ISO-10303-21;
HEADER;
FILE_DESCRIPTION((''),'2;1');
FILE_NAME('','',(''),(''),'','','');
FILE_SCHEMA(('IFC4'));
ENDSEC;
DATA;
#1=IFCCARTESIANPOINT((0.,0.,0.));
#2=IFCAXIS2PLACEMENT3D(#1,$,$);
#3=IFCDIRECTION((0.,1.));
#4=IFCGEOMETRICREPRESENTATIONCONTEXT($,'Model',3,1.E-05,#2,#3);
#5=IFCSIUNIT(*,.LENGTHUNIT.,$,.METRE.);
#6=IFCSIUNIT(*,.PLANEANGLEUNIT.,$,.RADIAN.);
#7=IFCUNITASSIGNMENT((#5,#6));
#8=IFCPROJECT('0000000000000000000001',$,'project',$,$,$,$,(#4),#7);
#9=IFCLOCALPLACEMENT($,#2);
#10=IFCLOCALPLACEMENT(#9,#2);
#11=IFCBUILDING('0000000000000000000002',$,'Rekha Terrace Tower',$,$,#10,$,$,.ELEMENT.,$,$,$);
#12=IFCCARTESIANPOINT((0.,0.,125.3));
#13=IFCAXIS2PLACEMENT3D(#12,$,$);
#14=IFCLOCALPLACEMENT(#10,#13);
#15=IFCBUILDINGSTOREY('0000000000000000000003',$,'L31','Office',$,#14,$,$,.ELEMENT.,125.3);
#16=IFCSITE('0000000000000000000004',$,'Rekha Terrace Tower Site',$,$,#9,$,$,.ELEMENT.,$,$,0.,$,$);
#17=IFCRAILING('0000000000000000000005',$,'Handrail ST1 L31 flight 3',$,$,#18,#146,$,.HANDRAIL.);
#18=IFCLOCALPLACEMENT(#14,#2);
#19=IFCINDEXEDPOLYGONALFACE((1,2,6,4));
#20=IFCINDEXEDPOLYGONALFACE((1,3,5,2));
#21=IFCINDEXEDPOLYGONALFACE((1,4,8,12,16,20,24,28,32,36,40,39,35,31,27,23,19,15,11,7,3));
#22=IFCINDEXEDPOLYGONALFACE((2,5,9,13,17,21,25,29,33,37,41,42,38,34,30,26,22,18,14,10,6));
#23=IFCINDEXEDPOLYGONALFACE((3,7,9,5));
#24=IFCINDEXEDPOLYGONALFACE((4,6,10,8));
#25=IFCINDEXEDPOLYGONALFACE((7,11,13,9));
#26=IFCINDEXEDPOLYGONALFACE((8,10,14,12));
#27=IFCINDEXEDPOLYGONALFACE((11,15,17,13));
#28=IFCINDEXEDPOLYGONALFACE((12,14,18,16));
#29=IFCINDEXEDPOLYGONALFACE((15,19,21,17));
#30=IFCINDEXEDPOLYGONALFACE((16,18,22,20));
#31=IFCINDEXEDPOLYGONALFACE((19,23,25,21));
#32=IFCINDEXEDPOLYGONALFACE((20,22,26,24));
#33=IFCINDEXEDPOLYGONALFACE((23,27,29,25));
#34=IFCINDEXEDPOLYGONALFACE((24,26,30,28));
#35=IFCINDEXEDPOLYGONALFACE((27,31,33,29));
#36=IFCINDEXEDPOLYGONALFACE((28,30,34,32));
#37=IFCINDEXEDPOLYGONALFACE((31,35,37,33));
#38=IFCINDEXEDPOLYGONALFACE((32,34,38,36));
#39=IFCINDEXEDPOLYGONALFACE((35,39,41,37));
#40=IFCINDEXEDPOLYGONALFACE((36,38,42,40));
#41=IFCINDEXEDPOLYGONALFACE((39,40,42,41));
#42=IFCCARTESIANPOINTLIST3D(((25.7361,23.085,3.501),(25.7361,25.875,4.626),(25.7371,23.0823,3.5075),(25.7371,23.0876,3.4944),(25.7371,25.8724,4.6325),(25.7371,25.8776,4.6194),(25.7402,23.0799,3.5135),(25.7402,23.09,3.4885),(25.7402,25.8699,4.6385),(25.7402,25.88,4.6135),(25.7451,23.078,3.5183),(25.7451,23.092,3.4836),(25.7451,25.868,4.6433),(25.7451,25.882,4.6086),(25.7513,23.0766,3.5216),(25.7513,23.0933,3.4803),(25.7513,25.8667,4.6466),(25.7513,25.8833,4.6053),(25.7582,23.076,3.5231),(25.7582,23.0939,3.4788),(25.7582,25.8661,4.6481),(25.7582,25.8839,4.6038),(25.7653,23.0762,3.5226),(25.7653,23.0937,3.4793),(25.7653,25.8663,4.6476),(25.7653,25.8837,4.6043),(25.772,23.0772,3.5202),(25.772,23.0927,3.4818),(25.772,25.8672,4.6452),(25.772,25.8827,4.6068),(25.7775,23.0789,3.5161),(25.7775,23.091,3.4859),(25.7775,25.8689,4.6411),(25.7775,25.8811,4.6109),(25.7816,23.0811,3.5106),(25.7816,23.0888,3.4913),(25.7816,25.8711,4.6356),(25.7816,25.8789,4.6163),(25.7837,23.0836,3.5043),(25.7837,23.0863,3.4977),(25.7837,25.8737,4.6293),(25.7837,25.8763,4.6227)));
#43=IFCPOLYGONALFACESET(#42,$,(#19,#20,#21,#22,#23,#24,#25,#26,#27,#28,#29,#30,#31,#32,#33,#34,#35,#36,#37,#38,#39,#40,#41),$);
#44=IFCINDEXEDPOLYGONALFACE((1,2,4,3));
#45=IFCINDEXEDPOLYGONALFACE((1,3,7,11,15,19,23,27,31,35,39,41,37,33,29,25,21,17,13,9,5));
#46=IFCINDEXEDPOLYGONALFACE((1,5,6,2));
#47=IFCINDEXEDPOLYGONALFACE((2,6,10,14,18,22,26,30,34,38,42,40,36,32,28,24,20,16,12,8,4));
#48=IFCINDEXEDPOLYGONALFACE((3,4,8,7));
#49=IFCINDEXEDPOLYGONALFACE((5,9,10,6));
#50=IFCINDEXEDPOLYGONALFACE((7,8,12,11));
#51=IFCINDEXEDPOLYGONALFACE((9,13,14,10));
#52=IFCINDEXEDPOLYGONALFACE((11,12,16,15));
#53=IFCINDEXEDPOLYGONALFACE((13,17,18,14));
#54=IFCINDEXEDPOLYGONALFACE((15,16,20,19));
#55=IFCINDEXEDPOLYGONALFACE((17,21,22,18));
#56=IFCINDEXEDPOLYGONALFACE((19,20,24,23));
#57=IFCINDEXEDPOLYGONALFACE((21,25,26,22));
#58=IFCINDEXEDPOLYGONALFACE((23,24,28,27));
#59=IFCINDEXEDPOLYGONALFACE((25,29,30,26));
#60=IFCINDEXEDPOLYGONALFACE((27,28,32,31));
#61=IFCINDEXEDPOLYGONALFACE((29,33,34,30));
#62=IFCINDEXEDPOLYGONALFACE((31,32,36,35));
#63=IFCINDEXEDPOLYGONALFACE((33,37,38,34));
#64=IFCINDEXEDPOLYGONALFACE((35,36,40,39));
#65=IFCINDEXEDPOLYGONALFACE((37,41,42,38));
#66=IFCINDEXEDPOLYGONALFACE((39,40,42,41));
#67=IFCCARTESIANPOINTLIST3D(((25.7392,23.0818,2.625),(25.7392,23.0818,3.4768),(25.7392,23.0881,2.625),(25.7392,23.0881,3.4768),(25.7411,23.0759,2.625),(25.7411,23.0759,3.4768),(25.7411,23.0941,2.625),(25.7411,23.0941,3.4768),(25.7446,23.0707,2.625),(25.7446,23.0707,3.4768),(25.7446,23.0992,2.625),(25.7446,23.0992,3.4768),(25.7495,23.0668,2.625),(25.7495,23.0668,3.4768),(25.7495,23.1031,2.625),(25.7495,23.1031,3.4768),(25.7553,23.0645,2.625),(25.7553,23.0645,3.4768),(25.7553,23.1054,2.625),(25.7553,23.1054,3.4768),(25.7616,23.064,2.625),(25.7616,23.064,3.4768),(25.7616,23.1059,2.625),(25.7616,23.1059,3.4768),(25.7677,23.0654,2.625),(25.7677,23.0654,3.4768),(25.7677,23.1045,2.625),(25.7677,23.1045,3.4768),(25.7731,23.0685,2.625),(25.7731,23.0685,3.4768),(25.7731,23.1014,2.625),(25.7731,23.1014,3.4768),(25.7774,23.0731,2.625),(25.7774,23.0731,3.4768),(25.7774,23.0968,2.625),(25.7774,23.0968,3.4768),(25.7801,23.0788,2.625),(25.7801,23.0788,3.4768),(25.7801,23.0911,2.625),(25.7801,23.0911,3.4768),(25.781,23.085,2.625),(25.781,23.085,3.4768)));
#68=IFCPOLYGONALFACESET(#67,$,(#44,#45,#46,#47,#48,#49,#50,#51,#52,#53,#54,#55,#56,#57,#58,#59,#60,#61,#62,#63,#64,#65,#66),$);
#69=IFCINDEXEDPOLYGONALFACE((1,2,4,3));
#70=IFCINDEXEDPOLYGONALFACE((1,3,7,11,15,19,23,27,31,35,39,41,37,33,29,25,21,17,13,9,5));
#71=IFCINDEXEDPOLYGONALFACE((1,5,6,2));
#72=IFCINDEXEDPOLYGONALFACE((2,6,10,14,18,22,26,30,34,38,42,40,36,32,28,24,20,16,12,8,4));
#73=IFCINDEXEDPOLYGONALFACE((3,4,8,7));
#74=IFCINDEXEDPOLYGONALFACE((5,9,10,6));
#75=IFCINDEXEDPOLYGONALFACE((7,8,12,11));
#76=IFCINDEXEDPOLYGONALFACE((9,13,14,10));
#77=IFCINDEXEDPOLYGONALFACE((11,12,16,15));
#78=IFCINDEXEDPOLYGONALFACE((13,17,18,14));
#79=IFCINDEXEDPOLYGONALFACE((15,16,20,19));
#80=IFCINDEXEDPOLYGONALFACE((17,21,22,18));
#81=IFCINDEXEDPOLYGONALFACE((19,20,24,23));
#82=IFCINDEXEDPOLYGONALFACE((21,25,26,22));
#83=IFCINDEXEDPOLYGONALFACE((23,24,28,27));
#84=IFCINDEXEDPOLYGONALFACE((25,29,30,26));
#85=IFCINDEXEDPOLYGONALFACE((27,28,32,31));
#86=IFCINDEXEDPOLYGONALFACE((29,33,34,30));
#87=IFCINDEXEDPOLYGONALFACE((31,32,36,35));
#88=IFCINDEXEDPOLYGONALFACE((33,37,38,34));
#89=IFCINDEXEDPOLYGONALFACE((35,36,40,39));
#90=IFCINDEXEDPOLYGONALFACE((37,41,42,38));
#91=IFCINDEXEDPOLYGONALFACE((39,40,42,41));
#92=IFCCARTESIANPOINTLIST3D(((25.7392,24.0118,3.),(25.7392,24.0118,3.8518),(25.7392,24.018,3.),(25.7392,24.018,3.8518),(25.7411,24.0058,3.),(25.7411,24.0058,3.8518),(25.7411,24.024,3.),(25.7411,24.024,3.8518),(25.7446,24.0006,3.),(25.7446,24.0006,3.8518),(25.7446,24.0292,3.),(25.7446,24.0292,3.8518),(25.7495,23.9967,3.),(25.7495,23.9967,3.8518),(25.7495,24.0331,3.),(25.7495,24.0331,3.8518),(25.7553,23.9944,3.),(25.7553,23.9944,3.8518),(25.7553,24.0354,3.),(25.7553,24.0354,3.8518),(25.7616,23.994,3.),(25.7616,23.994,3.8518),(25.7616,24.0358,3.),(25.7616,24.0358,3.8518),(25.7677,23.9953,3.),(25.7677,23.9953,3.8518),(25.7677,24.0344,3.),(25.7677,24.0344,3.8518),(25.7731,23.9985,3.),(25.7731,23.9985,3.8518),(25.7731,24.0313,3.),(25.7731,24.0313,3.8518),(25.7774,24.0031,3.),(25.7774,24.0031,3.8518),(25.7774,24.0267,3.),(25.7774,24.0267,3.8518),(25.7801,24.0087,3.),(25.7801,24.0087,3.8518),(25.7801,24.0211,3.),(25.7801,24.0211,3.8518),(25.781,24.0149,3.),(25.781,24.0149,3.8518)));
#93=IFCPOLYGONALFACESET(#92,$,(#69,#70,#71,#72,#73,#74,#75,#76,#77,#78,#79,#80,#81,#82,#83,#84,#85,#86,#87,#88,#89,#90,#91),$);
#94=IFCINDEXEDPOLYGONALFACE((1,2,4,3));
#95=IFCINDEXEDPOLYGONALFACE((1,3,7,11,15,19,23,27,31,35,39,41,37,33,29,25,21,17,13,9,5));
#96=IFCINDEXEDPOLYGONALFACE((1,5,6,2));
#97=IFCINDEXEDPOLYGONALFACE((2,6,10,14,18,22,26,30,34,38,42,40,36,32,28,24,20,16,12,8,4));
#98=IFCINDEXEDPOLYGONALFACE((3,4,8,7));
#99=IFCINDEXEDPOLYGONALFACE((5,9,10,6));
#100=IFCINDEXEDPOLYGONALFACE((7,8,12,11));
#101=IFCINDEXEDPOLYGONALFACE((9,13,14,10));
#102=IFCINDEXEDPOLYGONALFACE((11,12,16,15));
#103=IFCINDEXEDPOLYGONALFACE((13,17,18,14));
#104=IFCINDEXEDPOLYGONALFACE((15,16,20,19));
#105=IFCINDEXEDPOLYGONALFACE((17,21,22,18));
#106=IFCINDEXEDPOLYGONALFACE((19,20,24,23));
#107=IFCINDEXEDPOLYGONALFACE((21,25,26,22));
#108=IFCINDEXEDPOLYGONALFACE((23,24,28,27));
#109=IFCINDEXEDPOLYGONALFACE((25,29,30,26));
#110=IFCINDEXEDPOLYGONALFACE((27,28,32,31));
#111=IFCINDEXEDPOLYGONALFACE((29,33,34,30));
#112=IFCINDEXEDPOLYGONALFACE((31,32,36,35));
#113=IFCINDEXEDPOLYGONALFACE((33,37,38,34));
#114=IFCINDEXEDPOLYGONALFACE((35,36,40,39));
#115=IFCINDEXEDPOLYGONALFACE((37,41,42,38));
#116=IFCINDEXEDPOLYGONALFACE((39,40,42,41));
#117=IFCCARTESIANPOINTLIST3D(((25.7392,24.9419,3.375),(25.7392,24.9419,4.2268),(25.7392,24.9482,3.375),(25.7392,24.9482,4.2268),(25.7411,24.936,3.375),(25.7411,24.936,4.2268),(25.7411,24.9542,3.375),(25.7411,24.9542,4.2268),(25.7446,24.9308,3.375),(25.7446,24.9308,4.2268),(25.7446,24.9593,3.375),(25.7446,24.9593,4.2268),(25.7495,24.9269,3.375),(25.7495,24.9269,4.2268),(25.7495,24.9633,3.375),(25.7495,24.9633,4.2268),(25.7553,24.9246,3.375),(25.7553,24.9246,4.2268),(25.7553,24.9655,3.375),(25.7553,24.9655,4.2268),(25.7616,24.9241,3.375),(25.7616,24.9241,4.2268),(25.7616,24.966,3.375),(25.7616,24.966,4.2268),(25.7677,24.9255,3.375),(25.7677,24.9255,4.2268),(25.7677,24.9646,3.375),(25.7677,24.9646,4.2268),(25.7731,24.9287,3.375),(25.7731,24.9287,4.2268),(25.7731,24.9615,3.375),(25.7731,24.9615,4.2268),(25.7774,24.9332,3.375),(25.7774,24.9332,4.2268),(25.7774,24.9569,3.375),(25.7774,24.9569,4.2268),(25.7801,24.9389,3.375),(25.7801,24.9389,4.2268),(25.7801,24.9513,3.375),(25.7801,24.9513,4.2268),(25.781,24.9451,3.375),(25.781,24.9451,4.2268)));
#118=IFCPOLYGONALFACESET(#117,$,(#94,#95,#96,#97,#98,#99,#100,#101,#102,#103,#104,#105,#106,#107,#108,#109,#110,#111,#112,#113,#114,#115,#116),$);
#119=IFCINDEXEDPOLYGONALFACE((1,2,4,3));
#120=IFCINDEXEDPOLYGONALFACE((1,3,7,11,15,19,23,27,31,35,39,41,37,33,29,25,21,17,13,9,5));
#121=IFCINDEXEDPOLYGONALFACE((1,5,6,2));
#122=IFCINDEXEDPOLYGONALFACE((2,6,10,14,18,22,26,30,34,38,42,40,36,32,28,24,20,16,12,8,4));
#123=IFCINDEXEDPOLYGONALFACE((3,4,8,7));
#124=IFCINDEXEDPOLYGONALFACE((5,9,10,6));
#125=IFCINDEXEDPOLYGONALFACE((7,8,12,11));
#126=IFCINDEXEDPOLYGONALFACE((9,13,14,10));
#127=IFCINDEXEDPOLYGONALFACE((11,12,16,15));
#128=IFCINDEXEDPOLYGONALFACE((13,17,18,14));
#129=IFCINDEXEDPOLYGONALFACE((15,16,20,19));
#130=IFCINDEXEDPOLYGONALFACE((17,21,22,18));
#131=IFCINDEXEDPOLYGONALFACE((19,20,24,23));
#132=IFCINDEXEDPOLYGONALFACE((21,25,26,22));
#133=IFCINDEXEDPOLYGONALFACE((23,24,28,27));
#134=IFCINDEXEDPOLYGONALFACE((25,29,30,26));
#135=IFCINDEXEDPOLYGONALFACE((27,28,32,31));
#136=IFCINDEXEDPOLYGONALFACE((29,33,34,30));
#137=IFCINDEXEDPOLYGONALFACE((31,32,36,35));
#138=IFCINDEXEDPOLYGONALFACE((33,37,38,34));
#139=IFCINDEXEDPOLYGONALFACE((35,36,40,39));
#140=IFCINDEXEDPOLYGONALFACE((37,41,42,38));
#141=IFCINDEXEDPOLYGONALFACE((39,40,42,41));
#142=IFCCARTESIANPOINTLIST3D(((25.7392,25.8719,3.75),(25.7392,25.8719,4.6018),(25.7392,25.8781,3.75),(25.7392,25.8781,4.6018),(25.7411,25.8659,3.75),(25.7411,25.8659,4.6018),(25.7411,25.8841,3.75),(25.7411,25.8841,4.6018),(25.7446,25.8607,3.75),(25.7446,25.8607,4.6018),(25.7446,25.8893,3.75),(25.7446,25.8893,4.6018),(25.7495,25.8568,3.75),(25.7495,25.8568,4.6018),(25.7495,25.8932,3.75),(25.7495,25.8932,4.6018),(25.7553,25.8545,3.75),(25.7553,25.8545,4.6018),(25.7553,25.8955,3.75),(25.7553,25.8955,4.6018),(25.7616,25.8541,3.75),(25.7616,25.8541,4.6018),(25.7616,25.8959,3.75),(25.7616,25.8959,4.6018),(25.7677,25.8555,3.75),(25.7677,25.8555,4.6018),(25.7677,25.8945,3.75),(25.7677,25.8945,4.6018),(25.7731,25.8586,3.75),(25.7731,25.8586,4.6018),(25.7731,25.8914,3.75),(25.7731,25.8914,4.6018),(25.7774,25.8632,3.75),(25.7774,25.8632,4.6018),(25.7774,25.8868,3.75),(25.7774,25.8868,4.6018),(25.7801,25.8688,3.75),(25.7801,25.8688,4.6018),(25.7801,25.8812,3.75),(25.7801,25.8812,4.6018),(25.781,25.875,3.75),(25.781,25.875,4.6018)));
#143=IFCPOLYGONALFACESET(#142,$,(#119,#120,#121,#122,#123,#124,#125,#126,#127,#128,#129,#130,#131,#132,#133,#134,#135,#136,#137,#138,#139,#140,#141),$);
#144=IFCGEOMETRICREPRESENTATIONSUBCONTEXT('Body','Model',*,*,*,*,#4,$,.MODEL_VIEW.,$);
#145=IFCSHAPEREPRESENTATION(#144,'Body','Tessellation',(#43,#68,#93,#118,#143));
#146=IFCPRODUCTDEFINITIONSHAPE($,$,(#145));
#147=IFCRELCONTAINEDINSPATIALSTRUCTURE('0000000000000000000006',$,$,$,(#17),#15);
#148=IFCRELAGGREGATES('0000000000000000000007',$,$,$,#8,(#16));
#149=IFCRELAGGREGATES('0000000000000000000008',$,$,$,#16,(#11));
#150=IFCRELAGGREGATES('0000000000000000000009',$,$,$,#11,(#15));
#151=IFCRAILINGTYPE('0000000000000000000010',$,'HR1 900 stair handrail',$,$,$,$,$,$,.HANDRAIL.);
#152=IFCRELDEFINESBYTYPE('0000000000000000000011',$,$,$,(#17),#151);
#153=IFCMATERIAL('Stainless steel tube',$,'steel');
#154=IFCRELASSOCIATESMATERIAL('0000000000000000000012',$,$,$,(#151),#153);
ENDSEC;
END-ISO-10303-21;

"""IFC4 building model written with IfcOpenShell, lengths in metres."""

from ifc_helpers import new_model, si_unit, direction, frame, origin, origin_2d, place, context, subcontext, project, spatial, circle, extrude, material, type_object, element, save


model = new_model("IFC4")

# Units and contexts
model_context = context("Model", 3, precision=1e-05, world=origin(), true_north=direction((0.0, 1.0)))
body_context = subcontext(model_context, "Body", "Model", "MODEL_VIEW")
ifc_project = project(units=[si_unit("LENGTHUNIT", "METRE"), si_unit("PLANEANGLEUNIT", "RADIAN")], contexts=[model_context])

# Site, building, storey
site_placement = place(None, origin())
site = spatial("IfcSite", under=ifc_project, at=site_placement, Name="Rekha Terrace Tower Site", CompositionType="ELEMENT", RefElevation=0.0)
building_placement = place(site_placement, origin())
building = spatial("IfcBuilding", under=site, at=building_placement, Name="Rekha Terrace Tower", CompositionType="ELEMENT")
storey_placement = place(building_placement, frame((0.0, 0.0, 125.3)))
storey = spatial("IfcBuildingStorey", under=building, at=storey_placement, Name="L31", Description="Office", CompositionType="ELEMENT", Elevation=125.3)

# Railing
ifc_material_1 = material(Name="Stainless steel tube", Category="steel")
railing_type_1 = type_object("IfcRailingType", Name="HR1 900 stair handrail", PredefinedType="HANDRAIL", material=ifc_material_1)
railing_1_placement = place(storey_placement, frame((25.76, 23.085, 2.625)))
element("IfcRailing", 1, at=railing_1_placement, inside=storey, type_object=railing_type_1, Name="Handrail ST1 L31 flight 3", PredefinedType="HANDRAIL", context=body_context, shape_type="SweptSolid", body=[
    extrude(circle(Radius=0.0239, at=origin_2d()), frame((0.0, 0.0, 0.876), z_axis=(0.0, 0.927443, 0.373964), x_axis=(-1.0, 0.0, 0.0)), (0.0, 0.0, 1.0), 3.0083),
    extrude(circle(Radius=0.021, at=origin_2d()), origin(), (0.0, 0.0, 1.0), 0.8518),
    extrude(circle(Radius=0.021, at=origin_2d()), frame((0.0, 0.9299, 0.375)), (0.0, 0.0, 1.0), 0.8518),
    extrude(circle(Radius=0.021, at=origin_2d()), frame((0.0, 1.8601, 0.75)), (0.0, 0.0, 1.0), 0.8518),
    extrude(circle(Radius=0.021, at=origin_2d()), frame((0.0, 2.79, 1.125)), (0.0, 0.0, 1.0), 0.8518),
])

save(model, "model.ifc")
